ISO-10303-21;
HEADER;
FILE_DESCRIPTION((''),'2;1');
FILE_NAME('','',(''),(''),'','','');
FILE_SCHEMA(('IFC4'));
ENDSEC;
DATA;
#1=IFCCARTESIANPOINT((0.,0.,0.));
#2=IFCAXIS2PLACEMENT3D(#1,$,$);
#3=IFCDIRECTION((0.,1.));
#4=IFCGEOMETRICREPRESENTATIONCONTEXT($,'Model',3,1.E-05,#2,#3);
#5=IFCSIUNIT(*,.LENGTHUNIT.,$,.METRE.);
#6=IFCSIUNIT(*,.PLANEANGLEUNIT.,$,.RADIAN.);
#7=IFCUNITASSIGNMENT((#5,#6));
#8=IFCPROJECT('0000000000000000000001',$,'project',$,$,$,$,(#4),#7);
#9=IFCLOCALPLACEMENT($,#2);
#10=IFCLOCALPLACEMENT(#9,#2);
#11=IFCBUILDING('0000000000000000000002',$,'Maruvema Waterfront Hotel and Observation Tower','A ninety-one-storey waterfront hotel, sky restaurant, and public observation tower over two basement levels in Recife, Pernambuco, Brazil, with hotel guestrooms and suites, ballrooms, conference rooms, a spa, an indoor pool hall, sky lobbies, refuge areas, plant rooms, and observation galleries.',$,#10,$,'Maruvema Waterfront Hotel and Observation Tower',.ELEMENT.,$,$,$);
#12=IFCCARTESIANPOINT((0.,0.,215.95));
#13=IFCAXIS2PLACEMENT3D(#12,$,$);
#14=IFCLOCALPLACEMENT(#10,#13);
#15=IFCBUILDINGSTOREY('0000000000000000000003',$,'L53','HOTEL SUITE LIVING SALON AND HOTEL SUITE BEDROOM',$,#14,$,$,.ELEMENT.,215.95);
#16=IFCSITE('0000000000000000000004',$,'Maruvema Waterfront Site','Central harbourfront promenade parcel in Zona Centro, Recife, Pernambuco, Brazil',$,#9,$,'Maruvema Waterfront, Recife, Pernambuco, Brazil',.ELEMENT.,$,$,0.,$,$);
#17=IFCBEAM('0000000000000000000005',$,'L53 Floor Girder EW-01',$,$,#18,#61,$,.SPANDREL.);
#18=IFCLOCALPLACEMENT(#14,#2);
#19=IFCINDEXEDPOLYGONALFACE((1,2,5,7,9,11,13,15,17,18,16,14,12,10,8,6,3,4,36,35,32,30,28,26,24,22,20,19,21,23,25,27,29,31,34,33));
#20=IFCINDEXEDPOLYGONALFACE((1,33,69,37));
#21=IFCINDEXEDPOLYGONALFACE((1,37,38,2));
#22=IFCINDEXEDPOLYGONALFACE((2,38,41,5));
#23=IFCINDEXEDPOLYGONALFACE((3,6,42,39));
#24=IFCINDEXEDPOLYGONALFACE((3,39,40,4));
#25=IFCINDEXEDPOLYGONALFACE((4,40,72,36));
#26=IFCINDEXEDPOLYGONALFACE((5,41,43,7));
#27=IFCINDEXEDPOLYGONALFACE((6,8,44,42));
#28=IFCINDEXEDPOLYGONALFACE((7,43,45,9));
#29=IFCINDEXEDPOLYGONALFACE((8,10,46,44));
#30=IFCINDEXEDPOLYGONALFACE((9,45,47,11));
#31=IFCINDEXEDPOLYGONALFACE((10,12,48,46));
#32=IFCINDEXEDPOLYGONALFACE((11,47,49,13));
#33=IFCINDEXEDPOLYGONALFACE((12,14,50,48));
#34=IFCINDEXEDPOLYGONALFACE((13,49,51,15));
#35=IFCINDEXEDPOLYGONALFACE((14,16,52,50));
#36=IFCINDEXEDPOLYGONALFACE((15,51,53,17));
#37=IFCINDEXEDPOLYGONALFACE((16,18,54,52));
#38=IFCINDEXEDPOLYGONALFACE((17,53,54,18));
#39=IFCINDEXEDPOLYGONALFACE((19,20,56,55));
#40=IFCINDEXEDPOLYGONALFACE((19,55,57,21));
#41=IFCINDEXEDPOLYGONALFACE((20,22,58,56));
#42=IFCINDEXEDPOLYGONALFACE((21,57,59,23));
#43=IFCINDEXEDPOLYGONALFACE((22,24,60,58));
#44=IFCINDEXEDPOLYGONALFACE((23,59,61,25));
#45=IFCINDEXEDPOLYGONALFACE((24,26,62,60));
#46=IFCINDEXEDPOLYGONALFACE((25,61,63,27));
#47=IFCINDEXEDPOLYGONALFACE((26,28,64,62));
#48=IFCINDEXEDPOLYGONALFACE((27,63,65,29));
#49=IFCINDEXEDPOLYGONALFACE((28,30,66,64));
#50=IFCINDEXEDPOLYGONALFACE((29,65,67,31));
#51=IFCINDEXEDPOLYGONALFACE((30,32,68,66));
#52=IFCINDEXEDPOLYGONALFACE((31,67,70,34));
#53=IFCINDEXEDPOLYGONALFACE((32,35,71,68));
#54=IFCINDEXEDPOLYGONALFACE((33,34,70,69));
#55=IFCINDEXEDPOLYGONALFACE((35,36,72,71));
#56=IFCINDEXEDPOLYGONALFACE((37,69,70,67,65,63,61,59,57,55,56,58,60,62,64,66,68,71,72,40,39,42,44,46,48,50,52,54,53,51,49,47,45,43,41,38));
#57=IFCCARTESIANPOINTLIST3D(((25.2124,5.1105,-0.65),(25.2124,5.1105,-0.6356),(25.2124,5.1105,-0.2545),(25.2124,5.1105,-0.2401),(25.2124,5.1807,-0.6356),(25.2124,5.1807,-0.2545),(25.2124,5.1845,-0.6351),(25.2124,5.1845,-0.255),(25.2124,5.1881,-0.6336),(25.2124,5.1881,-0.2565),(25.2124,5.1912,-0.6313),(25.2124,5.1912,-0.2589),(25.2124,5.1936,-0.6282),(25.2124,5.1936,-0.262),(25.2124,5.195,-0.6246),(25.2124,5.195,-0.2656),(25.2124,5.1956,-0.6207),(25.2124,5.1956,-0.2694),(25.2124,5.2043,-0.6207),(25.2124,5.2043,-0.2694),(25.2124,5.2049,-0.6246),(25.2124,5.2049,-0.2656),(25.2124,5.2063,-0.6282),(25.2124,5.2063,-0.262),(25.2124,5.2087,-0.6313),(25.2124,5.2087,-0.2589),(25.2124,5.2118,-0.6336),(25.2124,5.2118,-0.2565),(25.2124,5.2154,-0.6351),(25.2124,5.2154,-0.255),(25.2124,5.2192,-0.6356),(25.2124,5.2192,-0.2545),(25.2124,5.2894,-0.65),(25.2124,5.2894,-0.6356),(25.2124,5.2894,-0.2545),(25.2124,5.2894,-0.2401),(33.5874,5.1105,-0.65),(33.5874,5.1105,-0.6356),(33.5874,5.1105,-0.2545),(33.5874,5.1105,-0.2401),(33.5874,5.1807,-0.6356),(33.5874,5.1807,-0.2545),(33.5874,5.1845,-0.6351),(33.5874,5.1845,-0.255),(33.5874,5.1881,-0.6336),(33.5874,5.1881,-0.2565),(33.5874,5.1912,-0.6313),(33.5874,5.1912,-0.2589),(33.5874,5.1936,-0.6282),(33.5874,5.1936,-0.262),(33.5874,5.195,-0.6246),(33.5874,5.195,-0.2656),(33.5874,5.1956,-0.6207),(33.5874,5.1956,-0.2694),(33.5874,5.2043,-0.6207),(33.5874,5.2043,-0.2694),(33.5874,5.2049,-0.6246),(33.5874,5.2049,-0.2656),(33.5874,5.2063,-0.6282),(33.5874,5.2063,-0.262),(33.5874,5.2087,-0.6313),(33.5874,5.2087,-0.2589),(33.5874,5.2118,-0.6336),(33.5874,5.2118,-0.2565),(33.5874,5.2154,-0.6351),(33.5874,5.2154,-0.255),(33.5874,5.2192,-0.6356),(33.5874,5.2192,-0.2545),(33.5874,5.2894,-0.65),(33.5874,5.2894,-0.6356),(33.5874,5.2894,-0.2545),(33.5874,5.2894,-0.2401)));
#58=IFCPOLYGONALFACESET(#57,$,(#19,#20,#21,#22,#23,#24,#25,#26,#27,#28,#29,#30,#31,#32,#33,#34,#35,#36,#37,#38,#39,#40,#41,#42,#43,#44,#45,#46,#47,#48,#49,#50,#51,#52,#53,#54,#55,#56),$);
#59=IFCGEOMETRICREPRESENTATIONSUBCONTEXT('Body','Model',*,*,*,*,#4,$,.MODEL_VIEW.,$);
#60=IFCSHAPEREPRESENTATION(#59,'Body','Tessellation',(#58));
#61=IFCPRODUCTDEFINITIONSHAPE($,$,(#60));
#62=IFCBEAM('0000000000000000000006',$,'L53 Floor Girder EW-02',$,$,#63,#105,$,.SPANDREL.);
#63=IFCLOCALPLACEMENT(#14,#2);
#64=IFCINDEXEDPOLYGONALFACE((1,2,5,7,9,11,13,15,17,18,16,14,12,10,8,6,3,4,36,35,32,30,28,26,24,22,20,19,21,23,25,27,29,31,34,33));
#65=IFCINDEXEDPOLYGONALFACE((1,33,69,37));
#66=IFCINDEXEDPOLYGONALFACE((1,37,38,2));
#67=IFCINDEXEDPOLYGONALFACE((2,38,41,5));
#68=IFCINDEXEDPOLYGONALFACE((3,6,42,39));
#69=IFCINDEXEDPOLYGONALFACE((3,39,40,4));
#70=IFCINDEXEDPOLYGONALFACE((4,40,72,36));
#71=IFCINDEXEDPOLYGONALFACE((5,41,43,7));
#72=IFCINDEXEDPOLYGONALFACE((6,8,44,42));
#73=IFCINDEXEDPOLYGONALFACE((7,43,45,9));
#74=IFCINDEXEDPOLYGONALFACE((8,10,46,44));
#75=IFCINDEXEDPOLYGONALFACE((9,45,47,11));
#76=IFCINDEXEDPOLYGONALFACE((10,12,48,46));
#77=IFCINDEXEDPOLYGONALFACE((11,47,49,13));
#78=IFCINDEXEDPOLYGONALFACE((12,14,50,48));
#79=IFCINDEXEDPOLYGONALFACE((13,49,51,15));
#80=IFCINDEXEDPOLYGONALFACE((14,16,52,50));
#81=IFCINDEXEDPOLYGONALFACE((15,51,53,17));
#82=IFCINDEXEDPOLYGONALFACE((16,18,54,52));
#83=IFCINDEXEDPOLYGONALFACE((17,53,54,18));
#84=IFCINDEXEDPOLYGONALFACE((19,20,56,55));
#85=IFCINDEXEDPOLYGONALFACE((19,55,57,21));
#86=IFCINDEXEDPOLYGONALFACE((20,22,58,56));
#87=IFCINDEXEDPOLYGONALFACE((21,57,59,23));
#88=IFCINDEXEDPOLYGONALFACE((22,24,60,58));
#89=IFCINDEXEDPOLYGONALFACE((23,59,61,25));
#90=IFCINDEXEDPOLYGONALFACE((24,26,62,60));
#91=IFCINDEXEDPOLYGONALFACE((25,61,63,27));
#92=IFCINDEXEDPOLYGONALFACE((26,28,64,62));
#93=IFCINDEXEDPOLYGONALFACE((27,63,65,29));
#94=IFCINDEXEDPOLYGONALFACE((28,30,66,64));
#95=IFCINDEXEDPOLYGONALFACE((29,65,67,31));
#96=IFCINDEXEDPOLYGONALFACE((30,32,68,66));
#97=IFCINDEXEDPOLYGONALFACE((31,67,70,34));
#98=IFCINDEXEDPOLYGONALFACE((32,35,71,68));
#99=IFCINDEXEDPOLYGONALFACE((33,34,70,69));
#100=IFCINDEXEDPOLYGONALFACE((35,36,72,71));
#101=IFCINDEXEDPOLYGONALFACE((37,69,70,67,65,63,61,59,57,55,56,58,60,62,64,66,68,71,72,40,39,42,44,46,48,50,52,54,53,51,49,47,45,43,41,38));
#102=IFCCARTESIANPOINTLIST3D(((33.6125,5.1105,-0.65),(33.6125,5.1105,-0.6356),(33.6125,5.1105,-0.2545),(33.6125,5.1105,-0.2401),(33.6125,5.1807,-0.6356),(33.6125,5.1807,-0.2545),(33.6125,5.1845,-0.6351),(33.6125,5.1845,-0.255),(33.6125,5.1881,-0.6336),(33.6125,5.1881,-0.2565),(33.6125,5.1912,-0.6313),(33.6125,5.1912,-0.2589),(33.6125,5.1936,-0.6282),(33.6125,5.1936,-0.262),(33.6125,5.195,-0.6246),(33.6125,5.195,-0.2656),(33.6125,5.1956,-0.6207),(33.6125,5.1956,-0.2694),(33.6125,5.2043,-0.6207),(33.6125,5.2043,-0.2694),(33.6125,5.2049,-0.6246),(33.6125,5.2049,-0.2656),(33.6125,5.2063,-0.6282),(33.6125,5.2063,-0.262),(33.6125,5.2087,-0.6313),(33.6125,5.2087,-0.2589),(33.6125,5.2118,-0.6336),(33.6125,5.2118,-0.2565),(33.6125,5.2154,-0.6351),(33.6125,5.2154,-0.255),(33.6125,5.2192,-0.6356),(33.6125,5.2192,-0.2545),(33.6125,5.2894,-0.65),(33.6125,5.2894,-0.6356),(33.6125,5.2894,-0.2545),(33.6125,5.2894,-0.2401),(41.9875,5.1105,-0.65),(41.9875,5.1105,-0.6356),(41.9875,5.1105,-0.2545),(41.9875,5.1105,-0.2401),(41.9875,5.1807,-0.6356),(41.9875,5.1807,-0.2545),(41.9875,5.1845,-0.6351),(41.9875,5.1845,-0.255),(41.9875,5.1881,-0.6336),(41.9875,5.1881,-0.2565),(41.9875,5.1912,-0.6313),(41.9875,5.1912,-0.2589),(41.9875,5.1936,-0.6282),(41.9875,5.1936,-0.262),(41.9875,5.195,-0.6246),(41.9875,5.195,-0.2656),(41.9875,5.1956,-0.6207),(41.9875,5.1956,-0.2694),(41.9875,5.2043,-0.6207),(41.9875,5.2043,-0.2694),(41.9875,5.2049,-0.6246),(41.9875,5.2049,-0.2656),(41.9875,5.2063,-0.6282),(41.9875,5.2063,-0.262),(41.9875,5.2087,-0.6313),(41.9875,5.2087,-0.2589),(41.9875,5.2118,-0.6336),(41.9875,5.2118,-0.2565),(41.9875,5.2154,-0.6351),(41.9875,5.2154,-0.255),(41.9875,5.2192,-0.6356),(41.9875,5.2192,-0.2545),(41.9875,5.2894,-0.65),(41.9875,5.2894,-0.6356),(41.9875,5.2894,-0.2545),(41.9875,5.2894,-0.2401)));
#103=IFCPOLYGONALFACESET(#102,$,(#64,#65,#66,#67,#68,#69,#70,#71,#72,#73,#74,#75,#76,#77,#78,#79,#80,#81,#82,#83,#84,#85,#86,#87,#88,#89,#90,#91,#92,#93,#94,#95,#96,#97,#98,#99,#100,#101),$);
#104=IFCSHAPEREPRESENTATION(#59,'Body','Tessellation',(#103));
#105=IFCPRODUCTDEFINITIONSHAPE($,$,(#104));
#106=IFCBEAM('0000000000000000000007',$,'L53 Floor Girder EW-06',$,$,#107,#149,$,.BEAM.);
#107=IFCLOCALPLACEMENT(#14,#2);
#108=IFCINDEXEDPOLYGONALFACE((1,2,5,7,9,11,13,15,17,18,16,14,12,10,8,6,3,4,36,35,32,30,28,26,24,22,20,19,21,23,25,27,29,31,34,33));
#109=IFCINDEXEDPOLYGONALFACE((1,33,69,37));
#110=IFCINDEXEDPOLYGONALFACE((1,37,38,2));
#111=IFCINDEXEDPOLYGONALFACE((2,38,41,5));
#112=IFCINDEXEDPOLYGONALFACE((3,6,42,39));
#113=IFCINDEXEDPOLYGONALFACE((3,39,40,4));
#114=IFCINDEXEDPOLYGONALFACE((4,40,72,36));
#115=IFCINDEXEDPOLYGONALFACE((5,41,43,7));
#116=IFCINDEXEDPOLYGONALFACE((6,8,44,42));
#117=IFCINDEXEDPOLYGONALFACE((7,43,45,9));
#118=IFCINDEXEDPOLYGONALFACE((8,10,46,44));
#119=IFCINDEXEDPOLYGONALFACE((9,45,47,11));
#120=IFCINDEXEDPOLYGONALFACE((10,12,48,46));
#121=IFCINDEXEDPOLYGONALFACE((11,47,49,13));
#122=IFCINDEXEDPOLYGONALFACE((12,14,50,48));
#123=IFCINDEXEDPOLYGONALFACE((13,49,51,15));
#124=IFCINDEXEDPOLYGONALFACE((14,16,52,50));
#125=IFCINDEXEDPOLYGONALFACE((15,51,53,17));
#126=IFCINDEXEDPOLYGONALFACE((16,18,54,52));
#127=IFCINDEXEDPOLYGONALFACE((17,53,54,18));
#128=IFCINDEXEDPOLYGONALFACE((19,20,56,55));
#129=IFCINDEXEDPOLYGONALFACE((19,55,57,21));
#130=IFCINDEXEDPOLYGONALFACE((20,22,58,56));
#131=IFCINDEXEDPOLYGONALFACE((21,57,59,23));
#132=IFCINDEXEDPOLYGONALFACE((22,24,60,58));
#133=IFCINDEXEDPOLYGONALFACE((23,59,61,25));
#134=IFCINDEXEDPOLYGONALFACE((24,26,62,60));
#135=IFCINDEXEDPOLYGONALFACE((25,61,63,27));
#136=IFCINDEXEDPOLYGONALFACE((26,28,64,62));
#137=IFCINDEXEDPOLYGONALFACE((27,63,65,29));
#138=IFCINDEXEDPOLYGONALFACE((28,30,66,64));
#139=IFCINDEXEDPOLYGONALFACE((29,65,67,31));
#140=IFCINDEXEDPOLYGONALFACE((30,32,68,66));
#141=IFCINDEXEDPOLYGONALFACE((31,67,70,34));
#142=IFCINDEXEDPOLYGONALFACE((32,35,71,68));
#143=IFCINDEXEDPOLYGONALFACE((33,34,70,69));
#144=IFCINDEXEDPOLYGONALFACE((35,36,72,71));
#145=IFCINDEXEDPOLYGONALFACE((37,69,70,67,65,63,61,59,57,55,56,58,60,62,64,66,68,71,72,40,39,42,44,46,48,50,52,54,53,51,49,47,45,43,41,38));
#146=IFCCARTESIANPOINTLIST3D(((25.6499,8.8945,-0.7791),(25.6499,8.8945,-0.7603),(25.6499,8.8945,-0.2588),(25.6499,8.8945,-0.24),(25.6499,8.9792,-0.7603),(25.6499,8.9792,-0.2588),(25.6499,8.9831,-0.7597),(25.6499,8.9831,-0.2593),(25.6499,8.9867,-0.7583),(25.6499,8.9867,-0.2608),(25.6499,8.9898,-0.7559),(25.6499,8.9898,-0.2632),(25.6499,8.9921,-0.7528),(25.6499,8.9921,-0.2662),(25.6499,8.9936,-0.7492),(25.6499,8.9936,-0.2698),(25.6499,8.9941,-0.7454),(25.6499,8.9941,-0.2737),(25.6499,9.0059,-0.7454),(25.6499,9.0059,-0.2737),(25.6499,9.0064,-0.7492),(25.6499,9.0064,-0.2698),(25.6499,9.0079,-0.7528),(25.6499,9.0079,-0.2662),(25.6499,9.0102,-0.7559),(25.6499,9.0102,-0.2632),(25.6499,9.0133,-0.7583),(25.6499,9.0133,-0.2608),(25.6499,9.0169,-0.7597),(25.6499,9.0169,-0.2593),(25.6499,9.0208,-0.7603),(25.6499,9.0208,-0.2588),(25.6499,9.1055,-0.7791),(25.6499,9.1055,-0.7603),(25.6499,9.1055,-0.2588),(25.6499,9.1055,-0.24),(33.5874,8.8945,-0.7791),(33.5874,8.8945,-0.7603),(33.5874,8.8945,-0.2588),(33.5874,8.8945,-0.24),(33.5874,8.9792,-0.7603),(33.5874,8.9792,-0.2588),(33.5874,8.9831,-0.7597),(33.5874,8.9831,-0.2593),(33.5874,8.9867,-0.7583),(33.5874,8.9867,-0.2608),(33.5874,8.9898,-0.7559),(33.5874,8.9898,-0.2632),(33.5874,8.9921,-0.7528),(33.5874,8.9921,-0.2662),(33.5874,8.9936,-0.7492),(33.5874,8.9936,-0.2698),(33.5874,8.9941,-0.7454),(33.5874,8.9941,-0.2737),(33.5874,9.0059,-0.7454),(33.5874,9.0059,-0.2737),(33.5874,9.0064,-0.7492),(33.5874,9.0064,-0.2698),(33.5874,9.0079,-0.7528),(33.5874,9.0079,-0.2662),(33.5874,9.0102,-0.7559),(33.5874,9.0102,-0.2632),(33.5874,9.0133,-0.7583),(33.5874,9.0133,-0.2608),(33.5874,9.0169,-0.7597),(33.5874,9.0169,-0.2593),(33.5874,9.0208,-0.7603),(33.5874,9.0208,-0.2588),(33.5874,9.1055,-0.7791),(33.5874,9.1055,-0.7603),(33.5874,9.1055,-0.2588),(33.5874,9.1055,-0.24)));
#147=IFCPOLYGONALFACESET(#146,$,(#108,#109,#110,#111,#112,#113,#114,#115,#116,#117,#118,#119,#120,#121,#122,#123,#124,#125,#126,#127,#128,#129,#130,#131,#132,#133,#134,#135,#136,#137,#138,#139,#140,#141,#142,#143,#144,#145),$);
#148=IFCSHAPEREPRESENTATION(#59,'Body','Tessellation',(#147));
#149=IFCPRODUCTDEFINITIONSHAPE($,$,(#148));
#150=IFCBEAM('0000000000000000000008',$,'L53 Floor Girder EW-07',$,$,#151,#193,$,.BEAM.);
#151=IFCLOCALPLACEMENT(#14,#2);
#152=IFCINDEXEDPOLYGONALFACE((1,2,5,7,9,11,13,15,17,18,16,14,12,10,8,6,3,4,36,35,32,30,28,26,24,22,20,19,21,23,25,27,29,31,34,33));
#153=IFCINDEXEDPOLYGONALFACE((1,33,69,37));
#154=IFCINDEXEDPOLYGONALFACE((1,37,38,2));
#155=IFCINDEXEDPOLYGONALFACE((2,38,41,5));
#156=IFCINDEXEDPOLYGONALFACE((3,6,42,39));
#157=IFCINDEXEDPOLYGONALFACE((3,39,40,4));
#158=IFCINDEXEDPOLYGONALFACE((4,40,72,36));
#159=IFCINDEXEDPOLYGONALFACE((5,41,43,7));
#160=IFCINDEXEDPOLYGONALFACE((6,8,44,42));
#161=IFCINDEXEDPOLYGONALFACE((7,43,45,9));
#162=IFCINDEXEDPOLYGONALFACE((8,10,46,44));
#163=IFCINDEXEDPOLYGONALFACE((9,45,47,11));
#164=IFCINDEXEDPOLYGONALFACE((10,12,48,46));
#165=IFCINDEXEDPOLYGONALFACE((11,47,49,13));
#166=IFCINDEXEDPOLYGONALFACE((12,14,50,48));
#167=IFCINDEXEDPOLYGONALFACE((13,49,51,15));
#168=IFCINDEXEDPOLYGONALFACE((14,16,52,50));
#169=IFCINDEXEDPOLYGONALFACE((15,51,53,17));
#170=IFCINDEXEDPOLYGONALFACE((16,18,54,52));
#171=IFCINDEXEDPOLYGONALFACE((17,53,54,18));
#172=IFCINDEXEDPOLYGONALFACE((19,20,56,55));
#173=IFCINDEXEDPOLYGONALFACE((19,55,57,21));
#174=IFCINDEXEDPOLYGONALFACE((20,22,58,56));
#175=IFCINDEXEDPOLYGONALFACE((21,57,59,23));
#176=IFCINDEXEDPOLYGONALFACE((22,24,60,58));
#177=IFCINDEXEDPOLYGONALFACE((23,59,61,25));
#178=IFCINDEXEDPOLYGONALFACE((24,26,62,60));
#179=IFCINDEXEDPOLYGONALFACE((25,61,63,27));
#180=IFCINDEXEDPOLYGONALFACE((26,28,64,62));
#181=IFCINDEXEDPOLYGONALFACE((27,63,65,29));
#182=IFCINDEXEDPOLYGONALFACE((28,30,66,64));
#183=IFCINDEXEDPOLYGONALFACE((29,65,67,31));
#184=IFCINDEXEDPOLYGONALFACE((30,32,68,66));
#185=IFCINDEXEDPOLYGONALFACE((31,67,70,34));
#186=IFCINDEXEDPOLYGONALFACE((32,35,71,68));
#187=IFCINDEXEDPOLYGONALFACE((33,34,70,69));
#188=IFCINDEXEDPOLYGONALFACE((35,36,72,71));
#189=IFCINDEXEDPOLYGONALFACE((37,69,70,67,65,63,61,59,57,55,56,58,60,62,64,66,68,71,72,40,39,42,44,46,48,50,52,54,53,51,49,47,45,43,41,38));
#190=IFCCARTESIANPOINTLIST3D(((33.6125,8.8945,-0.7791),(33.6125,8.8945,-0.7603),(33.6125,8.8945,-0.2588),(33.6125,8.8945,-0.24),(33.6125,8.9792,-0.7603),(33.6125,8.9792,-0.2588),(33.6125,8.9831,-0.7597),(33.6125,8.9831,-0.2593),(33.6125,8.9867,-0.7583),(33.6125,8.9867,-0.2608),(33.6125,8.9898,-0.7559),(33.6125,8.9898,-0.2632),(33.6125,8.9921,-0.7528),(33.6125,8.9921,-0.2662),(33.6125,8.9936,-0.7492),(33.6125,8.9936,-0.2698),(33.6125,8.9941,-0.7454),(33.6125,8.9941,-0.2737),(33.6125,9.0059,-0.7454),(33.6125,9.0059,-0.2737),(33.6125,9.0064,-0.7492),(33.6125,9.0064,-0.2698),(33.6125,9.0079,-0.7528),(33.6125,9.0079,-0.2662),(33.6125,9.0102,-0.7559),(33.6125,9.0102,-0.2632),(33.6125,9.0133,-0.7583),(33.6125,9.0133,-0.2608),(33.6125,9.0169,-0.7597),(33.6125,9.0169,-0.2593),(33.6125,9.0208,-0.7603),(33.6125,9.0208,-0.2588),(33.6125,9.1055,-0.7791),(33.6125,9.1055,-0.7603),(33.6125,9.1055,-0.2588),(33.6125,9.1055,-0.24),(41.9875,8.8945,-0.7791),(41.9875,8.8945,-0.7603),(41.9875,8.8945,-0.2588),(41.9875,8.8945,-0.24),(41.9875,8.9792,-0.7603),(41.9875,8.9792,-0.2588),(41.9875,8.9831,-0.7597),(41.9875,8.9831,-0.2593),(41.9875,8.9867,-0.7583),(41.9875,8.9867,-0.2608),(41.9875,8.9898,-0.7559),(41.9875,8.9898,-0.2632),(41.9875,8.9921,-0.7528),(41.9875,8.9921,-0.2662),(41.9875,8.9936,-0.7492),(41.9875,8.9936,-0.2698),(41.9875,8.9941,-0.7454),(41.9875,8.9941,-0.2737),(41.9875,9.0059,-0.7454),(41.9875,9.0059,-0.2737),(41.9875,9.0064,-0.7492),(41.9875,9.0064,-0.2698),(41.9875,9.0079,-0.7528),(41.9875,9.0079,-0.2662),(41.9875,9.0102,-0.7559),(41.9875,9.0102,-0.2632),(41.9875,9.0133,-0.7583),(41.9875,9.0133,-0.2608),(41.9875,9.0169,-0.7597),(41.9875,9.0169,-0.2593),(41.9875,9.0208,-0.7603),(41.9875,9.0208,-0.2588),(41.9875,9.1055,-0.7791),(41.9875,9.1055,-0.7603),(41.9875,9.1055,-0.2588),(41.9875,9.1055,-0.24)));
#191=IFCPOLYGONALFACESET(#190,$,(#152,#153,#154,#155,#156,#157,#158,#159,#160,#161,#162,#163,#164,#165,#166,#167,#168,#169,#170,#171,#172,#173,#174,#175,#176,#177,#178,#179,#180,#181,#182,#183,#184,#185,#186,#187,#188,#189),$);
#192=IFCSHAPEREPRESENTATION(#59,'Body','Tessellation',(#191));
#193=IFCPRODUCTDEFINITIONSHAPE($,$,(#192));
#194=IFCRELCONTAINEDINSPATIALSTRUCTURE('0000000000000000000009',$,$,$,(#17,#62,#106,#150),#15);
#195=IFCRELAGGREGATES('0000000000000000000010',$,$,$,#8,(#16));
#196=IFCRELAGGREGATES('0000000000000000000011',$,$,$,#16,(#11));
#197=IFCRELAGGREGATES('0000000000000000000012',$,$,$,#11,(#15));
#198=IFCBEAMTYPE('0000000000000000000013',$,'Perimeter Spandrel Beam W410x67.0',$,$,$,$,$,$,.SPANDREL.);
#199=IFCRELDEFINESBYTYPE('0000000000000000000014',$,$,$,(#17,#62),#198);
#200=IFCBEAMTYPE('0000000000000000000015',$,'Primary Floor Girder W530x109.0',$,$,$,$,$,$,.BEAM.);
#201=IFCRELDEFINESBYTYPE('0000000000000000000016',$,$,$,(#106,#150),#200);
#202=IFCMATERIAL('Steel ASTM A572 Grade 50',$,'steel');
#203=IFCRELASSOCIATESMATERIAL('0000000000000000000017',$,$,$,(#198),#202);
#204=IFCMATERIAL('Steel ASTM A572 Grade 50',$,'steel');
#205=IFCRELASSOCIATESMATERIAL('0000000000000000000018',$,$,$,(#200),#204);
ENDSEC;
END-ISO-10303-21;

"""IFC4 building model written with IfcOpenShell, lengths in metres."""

from ifc_helpers import new_model, si_unit, direction, frame, origin, origin_2d, place, context, subcontext, project, spatial, i_section, extrude, material, material_profile, profile_set, type_object, element, save


model = new_model("IFC4")

# Units and contexts
model_context = context("Model", 3, precision=1e-05, world=origin(), true_north=direction((0.0, 1.0)))
body_context = subcontext(model_context, "Body", "Model", "MODEL_VIEW")
ifc_project = project(units=[si_unit("LENGTHUNIT", "METRE"), si_unit("PLANEANGLEUNIT", "RADIAN")], contexts=[model_context])

# Site, building, storey
site_placement = place(None, origin())
site = spatial("IfcSite", under=ifc_project, at=site_placement, Name="Maruvema Waterfront Site", Description="Central harbourfront promenade parcel in Zona Centro, Recife, Pernambuco, Brazil", LongName="Maruvema Waterfront, Recife, Pernambuco, Brazil", CompositionType="ELEMENT", RefElevation=0.0)
building_placement = place(site_placement, origin())
building = spatial("IfcBuilding", under=site, at=building_placement, Name="Maruvema Waterfront Hotel and Observation Tower", Description="A ninety-one-storey waterfront hotel, sky restaurant, and public observation tower over two basement levels in Recife, Pernambuco, Brazil, with hotel guestrooms and suites, ballrooms, conference rooms, a spa, an indoor pool hall, sky lobbies, refuge areas, plant rooms, and observation galleries.", LongName="Maruvema Waterfront Hotel and Observation Tower", CompositionType="ELEMENT")
storey_placement = place(building_placement, frame((0.0, 0.0, 215.95)))
storey = spatial("IfcBuildingStorey", under=building, at=storey_placement, Name="L53", Description="HOTEL SUITE LIVING SALON AND HOTEL SUITE BEDROOM", CompositionType="ELEMENT", Elevation=215.95)

# Beams
ifc_material_1 = material(Name="Steel ASTM A572 Grade 50", Category="steel")
ifc_material_profile_1 = material_profile(ifc_material_1, i_section(OverallWidth=0.179, OverallDepth=0.4099, WebThickness=0.0088, FlangeThickness=0.0144, FilletRadius=0.0149, at=origin_2d()), Name="W410x67.0")
ifc_profile_set_1 = profile_set([ifc_material_profile_1], Name="Steel ASTM A572 Grade 50")
beam_type_1 = type_object("IfcBeamType", Name="Perimeter Spandrel Beam W410x67.0", PredefinedType="SPANDREL", material=ifc_profile_set_1)
for number, where, z_axis, x_axis, name in (
    (1, (25.2124, 5.2, -0.4451), (1.0, 0.0, 0.0), (0.0, 1.0, 0.0), "L53 Floor Girder EW-01"),
    (2, (33.6125, 5.2, -0.4451), (1.0, 0.0, 0.0), (0.0, 1.0, 0.0), "L53 Floor Girder EW-02"),
):
    element("IfcBeam", number, at=place(storey_placement, frame(where, z_axis=z_axis, x_axis=x_axis)), inside=storey, type_object=beam_type_1, Name=name, PredefinedType="SPANDREL", context=body_context, shape_type="SweptSolid", body=[
        extrude(i_section(OverallWidth=0.179, OverallDepth=0.4099, WebThickness=0.0088, FlangeThickness=0.0144, FilletRadius=0.0149, at=origin_2d()), origin(), (0.0, 0.0, 1.0), 8.375),
    ])
ifc_material_2 = material(Name="Steel ASTM A572 Grade 50", Category="steel")
ifc_material_profile_2 = material_profile(ifc_material_2, i_section(OverallWidth=0.2109, OverallDepth=0.5391, WebThickness=0.0117, FlangeThickness=0.0188, FilletRadius=0.0149, at=origin_2d()), Name="W530x109.0")
ifc_profile_set_2 = profile_set([ifc_material_profile_2], Name="Steel ASTM A572 Grade 50")
beam_type_2 = type_object("IfcBeamType", Name="Primary Floor Girder W530x109.0", PredefinedType="BEAM", material=ifc_profile_set_2)
beam_1_placement = place(storey_placement, frame((25.6499, 9.0, -0.5095), z_axis=(1.0, 0.0, 0.0), x_axis=(0.0, 1.0, 0.0)))
element("IfcBeam", 3, at=beam_1_placement, inside=storey, type_object=beam_type_2, Name="L53 Floor Girder EW-06", PredefinedType="BEAM", context=body_context, shape_type="SweptSolid", body=[
    extrude(i_section(OverallWidth=0.2109, OverallDepth=0.5391, WebThickness=0.0117, FlangeThickness=0.0188, FilletRadius=0.0149, at=origin_2d()), origin(), (0.0, 0.0, 1.0), 7.9375),
])
beam_2_placement = place(storey_placement, frame((33.6125, 9.0, -0.5095), z_axis=(1.0, 0.0, 0.0), x_axis=(0.0, 1.0, 0.0)))
element("IfcBeam", 4, at=beam_2_placement, inside=storey, type_object=beam_type_2, Name="L53 Floor Girder EW-07", PredefinedType="BEAM", context=body_context, shape_type="SweptSolid", body=[
    extrude(i_section(OverallWidth=0.2109, OverallDepth=0.5391, WebThickness=0.0117, FlangeThickness=0.0188, FilletRadius=0.0149, at=origin_2d()), origin(), (0.0, 0.0, 1.0), 8.375),
])

save(model, "model.ifc")
